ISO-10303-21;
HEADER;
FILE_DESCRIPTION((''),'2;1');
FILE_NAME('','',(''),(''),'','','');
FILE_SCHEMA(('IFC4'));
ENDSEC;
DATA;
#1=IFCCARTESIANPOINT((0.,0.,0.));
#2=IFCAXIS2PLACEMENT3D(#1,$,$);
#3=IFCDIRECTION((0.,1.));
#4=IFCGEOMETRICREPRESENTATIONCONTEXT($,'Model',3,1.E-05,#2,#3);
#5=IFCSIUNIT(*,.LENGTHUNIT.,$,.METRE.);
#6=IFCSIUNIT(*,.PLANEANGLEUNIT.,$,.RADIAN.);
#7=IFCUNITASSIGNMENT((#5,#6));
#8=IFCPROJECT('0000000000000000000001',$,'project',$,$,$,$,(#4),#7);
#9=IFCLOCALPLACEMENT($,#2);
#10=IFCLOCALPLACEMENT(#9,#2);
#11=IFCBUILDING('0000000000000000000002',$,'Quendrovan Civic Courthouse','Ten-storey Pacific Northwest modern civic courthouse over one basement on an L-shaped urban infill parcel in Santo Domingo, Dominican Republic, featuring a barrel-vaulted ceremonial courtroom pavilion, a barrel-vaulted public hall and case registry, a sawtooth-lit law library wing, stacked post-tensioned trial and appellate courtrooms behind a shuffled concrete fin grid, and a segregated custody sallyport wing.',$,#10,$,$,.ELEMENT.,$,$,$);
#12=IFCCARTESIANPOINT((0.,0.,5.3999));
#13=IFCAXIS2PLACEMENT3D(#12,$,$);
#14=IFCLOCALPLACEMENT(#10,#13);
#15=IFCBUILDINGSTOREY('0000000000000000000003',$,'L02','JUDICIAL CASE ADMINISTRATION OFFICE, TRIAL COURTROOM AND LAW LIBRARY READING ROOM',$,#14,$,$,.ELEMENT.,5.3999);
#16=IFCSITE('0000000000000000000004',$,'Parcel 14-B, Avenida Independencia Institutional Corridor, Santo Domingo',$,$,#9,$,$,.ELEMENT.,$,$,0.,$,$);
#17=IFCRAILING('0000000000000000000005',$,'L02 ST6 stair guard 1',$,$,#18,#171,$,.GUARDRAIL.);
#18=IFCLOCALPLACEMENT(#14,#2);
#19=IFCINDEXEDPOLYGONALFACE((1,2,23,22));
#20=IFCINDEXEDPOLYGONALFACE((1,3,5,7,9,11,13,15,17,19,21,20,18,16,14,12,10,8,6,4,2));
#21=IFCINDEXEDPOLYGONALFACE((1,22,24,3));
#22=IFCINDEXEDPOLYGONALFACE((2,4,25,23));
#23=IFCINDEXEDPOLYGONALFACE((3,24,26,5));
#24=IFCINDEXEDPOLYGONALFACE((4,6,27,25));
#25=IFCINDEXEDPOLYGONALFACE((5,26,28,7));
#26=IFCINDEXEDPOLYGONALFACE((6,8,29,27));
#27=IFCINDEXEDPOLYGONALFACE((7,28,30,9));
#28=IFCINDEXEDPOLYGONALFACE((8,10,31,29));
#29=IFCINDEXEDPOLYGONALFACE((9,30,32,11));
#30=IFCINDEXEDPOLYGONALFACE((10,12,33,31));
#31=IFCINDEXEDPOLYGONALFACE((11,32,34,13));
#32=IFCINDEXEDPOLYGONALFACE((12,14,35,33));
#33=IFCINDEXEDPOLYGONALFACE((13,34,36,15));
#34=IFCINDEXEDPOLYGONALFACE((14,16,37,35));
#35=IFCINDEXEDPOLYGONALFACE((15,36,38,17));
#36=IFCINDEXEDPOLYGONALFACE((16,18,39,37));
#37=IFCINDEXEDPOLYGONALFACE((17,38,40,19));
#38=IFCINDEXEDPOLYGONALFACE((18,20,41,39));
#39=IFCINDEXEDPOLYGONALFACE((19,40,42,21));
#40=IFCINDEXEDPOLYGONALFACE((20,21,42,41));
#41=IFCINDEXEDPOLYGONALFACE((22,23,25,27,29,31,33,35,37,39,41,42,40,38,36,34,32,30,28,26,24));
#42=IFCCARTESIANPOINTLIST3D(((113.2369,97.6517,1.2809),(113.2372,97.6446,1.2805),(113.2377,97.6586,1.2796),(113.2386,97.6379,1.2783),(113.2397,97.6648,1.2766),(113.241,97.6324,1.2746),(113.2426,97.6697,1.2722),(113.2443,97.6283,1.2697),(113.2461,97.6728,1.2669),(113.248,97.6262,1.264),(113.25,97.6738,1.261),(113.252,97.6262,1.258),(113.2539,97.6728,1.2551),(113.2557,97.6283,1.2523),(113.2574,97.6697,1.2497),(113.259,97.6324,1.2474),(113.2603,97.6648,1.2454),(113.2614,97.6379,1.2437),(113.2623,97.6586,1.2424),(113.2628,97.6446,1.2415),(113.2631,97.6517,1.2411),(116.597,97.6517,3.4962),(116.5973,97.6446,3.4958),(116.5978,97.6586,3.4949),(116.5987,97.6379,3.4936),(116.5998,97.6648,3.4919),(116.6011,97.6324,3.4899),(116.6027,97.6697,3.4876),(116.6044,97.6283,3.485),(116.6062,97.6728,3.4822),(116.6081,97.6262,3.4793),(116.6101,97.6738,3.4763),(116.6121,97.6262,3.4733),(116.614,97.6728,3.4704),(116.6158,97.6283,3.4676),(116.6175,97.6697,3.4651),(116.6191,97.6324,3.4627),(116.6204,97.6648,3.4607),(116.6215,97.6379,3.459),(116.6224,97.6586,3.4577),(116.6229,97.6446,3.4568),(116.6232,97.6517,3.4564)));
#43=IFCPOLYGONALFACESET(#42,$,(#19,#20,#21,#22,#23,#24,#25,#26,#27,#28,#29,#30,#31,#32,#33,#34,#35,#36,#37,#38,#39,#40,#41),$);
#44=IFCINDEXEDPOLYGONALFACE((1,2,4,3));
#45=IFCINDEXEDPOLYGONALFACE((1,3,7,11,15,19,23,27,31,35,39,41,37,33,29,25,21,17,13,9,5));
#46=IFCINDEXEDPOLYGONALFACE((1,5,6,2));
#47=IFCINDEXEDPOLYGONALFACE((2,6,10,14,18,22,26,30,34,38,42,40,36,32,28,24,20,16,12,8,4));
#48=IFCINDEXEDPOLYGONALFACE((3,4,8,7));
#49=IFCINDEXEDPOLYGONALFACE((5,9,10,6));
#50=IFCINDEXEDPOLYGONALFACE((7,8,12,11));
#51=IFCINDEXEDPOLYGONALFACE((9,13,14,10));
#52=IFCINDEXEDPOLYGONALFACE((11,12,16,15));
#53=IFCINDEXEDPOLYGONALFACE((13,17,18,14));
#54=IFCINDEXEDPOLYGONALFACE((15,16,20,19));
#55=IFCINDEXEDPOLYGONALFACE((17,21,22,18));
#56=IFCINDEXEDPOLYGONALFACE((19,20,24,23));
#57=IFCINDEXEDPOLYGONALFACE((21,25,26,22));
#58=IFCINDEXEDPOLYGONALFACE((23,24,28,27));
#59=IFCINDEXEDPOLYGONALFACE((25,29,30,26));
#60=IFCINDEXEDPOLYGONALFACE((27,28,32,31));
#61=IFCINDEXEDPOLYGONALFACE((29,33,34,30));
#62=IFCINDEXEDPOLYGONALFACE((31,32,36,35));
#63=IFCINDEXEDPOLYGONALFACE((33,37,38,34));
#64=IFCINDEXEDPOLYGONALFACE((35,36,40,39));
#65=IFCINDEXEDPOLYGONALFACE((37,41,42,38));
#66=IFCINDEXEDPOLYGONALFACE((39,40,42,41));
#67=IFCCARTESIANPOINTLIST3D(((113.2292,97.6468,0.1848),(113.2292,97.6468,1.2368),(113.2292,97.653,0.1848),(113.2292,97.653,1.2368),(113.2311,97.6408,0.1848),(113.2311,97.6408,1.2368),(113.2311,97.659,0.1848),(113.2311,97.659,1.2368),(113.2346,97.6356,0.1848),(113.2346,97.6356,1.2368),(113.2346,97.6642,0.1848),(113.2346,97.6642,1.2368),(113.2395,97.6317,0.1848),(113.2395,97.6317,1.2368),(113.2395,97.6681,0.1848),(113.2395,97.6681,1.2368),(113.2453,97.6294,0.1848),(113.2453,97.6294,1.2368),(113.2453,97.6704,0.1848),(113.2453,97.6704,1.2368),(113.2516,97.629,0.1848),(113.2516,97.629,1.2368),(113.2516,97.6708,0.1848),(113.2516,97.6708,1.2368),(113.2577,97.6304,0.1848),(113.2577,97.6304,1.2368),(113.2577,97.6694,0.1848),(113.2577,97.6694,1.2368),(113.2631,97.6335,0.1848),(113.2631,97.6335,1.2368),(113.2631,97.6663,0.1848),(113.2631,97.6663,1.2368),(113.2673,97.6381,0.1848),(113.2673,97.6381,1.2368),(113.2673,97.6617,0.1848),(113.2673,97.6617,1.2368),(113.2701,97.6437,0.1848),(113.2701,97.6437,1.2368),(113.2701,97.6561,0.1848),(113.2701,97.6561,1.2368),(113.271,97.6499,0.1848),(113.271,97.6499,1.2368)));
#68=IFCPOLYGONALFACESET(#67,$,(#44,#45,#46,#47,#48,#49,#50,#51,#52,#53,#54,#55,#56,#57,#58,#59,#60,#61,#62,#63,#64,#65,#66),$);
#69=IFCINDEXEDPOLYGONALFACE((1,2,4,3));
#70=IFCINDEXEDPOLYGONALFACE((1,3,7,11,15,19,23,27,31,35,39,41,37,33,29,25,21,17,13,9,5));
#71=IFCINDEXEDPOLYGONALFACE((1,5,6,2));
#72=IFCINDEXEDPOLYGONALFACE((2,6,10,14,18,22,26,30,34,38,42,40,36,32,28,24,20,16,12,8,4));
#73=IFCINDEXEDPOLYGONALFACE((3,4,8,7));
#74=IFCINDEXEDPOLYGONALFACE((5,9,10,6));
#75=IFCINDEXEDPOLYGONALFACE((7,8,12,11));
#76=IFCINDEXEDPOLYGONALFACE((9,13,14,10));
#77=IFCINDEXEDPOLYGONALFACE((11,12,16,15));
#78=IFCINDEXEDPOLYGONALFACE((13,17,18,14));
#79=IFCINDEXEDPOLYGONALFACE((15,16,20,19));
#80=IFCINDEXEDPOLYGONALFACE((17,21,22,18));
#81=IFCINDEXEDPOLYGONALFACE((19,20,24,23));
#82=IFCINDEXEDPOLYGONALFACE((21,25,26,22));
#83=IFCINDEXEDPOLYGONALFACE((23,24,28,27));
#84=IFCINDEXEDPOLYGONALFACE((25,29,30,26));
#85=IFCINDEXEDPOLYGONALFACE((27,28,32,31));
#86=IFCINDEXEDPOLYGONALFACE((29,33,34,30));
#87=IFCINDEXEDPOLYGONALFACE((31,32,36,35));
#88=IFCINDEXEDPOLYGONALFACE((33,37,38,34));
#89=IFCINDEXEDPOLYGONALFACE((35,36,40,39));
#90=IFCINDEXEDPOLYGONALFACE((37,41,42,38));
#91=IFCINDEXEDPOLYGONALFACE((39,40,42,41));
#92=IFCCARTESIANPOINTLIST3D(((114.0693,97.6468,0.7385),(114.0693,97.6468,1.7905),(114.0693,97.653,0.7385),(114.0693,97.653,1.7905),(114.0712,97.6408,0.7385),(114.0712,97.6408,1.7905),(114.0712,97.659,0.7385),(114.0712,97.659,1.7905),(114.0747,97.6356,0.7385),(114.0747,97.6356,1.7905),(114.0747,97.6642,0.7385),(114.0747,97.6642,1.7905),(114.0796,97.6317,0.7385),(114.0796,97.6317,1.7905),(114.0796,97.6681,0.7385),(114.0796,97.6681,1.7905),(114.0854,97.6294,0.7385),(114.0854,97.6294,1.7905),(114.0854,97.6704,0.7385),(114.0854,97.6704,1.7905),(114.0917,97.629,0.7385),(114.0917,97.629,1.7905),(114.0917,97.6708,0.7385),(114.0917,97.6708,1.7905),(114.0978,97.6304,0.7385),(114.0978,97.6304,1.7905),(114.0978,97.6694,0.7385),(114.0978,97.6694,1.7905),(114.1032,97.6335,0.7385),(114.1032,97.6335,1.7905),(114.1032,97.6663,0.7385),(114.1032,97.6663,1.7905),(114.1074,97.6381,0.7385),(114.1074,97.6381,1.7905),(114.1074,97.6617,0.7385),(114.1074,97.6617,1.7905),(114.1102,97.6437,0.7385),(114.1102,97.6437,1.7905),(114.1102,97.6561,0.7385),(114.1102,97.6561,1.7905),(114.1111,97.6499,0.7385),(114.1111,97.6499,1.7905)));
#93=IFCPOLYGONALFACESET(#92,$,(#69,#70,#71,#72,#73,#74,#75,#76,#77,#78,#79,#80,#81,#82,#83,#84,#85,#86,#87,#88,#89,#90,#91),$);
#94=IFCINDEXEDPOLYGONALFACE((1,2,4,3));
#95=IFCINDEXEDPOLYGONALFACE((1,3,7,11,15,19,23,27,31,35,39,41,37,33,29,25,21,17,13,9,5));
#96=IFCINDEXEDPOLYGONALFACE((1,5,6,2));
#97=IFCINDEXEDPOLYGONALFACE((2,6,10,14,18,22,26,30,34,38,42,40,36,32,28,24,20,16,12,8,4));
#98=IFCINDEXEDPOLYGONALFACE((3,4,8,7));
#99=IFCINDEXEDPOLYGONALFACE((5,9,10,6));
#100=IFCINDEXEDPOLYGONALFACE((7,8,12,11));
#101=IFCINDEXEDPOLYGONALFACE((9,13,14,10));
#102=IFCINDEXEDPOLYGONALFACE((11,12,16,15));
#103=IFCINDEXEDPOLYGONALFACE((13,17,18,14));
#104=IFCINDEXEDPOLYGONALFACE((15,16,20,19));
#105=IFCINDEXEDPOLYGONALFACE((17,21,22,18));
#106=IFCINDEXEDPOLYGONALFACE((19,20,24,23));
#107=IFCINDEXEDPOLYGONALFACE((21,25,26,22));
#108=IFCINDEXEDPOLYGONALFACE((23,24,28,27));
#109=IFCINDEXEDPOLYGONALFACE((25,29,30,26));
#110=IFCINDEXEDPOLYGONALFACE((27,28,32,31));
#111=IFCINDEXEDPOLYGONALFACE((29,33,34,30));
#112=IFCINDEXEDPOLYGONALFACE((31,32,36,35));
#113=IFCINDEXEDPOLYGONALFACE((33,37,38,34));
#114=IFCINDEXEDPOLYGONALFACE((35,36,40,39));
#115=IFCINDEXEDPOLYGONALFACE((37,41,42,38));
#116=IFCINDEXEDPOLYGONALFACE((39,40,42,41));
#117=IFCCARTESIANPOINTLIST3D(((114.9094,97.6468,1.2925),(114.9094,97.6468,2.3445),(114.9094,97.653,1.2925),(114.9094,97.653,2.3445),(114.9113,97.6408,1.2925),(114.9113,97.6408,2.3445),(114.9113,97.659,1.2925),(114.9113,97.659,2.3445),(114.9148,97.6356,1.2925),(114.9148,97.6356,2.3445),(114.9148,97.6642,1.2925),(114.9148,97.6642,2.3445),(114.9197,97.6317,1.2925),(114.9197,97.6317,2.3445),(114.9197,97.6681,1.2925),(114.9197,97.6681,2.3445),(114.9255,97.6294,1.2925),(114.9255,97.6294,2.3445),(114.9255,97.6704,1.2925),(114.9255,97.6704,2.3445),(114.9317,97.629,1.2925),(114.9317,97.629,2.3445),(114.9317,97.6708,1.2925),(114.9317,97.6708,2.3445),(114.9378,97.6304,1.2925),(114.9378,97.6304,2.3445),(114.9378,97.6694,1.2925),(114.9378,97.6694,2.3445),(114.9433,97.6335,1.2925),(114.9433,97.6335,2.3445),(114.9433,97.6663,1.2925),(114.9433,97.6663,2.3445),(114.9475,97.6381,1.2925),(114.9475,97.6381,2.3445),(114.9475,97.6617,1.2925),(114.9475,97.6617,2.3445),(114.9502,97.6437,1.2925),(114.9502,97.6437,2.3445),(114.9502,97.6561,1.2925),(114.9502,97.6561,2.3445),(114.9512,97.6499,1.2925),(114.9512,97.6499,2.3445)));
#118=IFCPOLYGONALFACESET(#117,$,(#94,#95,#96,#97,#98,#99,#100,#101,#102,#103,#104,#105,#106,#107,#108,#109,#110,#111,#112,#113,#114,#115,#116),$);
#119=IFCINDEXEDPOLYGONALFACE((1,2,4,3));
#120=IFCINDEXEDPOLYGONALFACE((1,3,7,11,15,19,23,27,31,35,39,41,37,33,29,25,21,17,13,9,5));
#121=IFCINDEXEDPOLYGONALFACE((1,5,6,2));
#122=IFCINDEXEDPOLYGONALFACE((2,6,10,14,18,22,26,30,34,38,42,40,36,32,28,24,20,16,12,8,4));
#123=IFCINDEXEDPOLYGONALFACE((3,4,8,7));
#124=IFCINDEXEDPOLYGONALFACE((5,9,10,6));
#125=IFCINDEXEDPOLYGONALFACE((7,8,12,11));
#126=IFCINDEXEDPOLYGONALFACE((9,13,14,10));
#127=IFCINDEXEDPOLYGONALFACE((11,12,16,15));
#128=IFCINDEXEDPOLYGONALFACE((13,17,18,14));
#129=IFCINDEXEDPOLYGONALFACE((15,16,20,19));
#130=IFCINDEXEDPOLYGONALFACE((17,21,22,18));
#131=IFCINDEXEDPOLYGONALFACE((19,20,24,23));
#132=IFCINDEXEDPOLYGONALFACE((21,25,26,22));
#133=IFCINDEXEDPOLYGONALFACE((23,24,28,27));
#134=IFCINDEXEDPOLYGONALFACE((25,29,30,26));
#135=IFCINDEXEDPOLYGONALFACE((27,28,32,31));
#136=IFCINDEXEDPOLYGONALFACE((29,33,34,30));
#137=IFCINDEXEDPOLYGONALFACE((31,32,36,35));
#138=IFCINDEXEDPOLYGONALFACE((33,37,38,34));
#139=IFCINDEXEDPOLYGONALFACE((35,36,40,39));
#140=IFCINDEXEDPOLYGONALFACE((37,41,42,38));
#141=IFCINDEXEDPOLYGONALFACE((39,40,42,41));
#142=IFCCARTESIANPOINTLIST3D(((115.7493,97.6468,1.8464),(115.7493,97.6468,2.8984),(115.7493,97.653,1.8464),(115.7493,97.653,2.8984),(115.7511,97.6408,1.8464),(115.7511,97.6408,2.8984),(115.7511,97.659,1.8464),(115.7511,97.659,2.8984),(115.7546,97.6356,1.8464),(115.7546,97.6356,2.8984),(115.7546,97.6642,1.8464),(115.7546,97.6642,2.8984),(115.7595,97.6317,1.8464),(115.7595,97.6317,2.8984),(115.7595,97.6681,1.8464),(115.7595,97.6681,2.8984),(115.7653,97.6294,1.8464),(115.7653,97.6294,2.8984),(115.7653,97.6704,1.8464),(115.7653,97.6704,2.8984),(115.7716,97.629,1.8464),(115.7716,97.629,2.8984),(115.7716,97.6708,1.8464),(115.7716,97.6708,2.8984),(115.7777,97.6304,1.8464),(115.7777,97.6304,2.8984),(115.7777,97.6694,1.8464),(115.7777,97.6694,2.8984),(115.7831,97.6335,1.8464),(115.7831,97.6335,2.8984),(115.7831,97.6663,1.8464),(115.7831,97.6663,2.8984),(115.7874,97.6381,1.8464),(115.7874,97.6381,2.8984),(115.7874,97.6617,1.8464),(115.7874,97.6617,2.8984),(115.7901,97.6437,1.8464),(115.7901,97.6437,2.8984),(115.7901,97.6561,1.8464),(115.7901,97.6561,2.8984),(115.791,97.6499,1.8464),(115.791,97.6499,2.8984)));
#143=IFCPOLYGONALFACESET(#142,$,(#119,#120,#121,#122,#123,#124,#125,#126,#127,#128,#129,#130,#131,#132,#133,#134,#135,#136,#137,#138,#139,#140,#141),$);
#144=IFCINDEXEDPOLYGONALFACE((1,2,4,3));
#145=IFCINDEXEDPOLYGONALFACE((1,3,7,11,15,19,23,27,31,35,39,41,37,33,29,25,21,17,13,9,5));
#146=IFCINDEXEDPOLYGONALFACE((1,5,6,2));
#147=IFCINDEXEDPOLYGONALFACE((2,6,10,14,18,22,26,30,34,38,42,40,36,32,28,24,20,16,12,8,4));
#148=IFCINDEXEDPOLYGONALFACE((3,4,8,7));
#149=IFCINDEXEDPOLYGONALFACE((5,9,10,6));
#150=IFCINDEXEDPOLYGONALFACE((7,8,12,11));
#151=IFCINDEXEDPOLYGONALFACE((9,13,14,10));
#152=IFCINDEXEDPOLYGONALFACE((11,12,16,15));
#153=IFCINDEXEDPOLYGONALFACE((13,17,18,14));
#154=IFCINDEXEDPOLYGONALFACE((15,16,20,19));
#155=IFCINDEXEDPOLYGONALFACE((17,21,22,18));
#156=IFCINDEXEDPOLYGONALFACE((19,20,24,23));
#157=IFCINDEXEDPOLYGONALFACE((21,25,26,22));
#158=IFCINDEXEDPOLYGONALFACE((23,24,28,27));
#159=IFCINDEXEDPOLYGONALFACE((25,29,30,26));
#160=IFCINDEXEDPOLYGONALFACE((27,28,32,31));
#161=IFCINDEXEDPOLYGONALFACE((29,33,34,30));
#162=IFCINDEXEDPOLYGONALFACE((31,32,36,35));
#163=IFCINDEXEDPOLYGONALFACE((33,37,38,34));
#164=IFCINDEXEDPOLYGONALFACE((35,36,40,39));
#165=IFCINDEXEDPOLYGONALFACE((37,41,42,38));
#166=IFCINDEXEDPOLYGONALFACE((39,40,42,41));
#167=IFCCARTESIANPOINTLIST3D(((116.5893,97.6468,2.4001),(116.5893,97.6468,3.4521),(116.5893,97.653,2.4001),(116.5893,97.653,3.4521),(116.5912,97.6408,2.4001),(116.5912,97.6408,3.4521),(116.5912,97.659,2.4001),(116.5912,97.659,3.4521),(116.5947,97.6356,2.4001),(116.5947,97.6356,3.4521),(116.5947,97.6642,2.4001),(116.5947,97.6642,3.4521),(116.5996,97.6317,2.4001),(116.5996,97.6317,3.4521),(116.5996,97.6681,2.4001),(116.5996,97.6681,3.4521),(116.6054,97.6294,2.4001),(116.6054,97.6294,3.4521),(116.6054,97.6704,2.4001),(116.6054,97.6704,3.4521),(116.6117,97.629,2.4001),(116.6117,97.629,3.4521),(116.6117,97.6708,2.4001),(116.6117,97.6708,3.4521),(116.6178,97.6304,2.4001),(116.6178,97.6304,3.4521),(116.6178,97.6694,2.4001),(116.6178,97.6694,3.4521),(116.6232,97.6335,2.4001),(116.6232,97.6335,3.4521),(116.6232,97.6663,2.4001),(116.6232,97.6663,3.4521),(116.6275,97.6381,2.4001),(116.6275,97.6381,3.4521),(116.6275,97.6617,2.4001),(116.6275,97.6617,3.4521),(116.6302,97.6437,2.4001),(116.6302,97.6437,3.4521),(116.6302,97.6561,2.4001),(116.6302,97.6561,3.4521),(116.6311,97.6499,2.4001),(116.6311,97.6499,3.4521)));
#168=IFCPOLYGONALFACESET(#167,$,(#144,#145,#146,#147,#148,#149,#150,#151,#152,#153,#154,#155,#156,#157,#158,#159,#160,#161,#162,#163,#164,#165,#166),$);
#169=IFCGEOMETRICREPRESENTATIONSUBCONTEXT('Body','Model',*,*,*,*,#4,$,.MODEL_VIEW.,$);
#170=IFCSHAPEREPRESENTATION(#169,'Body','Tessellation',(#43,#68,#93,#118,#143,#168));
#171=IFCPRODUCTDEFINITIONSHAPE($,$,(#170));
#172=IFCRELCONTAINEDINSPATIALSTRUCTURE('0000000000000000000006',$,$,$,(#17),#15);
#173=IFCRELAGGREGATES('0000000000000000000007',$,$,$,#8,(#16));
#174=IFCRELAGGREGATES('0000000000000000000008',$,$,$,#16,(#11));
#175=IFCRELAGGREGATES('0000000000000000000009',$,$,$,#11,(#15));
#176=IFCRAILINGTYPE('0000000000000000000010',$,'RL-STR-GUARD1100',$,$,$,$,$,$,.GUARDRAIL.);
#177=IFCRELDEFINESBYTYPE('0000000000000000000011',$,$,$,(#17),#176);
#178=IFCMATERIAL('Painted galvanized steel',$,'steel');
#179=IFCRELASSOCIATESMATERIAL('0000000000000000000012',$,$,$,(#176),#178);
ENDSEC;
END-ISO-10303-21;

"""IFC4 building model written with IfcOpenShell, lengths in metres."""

from ifc_helpers import new_model, si_unit, direction, frame, origin, origin_2d, place, context, subcontext, project, spatial, circle, extrude, material, type_object, element, save


model = new_model("IFC4")

# Units and contexts
model_context = context("Model", 3, precision=1e-05, world=origin(), true_north=direction((0.0, 1.0)))
body_context = subcontext(model_context, "Body", "Model", "MODEL_VIEW")
ifc_project = project(units=[si_unit("LENGTHUNIT", "METRE"), si_unit("PLANEANGLEUNIT", "RADIAN")], contexts=[model_context])

# Site, building, storey
site_placement = place(None, origin())
site = spatial("IfcSite", under=ifc_project, at=site_placement, Name="Parcel 14-B, Avenida Independencia Institutional Corridor, Santo Domingo", CompositionType="ELEMENT", RefElevation=0.0)
building_placement = place(site_placement, origin())
building = spatial("IfcBuilding", under=site, at=building_placement, Name="Quendrovan Civic Courthouse", Description="Ten-storey Pacific Northwest modern civic courthouse over one basement on an L-shaped urban infill parcel in Santo Domingo, Dominican Republic, featuring a barrel-vaulted ceremonial courtroom pavilion, a barrel-vaulted public hall and case registry, a sawtooth-lit law library wing, stacked post-tensioned trial and appellate courtrooms behind a shuffled concrete fin grid, and a segregated custody sallyport wing.", CompositionType="ELEMENT")
storey_placement = place(building_placement, frame((0.0, 0.0, 5.3999)))
storey = spatial("IfcBuildingStorey", under=building, at=storey_placement, Name="L02", Description="JUDICIAL CASE ADMINISTRATION OFFICE, TRIAL COURTROOM AND LAW LIBRARY READING ROOM", CompositionType="ELEMENT", Elevation=5.3999)

# Railing
ifc_material_1 = material(Name="Painted galvanized steel", Category="steel")
railing_type_1 = type_object("IfcRailingType", Name="RL-STR-GUARD1100", PredefinedType="GUARDRAIL", material=ifc_material_1)
railing_1_placement = place(storey_placement, frame((113.25, 97.6499, 0.1848)))
element("IfcRailing", 1, at=railing_1_placement, inside=storey, type_object=railing_type_1, Name="L02 ST6 stair guard 1", PredefinedType="GUARDRAIL", context=body_context, shape_type="SweptSolid", body=[
    extrude(circle(Radius=0.0239, at=origin_2d()), frame((0.0, 0.0, 1.0762), z_axis=(0.834876, 0.0, 0.550437), x_axis=(0.0, 1.0, 0.0)), (0.0, 0.0, 1.0), 4.0247),
    extrude(circle(Radius=0.021, at=origin_2d()), origin(), (0.0, 0.0, 1.0), 1.052),
    extrude(circle(Radius=0.021, at=origin_2d()), frame((0.8401, 0.0, 0.5537)), (0.0, 0.0, 1.0), 1.052),
    extrude(circle(Radius=0.021, at=origin_2d()), frame((1.6802, 0.0, 1.1077)), (0.0, 0.0, 1.0), 1.052),
    extrude(circle(Radius=0.021, at=origin_2d()), frame((2.52, 0.0, 1.6616)), (0.0, 0.0, 1.0), 1.052),
    extrude(circle(Radius=0.021, at=origin_2d()), frame((3.3601, 0.0, 2.2153)), (0.0, 0.0, 1.0), 1.052),
])

save(model, "model.ifc")
